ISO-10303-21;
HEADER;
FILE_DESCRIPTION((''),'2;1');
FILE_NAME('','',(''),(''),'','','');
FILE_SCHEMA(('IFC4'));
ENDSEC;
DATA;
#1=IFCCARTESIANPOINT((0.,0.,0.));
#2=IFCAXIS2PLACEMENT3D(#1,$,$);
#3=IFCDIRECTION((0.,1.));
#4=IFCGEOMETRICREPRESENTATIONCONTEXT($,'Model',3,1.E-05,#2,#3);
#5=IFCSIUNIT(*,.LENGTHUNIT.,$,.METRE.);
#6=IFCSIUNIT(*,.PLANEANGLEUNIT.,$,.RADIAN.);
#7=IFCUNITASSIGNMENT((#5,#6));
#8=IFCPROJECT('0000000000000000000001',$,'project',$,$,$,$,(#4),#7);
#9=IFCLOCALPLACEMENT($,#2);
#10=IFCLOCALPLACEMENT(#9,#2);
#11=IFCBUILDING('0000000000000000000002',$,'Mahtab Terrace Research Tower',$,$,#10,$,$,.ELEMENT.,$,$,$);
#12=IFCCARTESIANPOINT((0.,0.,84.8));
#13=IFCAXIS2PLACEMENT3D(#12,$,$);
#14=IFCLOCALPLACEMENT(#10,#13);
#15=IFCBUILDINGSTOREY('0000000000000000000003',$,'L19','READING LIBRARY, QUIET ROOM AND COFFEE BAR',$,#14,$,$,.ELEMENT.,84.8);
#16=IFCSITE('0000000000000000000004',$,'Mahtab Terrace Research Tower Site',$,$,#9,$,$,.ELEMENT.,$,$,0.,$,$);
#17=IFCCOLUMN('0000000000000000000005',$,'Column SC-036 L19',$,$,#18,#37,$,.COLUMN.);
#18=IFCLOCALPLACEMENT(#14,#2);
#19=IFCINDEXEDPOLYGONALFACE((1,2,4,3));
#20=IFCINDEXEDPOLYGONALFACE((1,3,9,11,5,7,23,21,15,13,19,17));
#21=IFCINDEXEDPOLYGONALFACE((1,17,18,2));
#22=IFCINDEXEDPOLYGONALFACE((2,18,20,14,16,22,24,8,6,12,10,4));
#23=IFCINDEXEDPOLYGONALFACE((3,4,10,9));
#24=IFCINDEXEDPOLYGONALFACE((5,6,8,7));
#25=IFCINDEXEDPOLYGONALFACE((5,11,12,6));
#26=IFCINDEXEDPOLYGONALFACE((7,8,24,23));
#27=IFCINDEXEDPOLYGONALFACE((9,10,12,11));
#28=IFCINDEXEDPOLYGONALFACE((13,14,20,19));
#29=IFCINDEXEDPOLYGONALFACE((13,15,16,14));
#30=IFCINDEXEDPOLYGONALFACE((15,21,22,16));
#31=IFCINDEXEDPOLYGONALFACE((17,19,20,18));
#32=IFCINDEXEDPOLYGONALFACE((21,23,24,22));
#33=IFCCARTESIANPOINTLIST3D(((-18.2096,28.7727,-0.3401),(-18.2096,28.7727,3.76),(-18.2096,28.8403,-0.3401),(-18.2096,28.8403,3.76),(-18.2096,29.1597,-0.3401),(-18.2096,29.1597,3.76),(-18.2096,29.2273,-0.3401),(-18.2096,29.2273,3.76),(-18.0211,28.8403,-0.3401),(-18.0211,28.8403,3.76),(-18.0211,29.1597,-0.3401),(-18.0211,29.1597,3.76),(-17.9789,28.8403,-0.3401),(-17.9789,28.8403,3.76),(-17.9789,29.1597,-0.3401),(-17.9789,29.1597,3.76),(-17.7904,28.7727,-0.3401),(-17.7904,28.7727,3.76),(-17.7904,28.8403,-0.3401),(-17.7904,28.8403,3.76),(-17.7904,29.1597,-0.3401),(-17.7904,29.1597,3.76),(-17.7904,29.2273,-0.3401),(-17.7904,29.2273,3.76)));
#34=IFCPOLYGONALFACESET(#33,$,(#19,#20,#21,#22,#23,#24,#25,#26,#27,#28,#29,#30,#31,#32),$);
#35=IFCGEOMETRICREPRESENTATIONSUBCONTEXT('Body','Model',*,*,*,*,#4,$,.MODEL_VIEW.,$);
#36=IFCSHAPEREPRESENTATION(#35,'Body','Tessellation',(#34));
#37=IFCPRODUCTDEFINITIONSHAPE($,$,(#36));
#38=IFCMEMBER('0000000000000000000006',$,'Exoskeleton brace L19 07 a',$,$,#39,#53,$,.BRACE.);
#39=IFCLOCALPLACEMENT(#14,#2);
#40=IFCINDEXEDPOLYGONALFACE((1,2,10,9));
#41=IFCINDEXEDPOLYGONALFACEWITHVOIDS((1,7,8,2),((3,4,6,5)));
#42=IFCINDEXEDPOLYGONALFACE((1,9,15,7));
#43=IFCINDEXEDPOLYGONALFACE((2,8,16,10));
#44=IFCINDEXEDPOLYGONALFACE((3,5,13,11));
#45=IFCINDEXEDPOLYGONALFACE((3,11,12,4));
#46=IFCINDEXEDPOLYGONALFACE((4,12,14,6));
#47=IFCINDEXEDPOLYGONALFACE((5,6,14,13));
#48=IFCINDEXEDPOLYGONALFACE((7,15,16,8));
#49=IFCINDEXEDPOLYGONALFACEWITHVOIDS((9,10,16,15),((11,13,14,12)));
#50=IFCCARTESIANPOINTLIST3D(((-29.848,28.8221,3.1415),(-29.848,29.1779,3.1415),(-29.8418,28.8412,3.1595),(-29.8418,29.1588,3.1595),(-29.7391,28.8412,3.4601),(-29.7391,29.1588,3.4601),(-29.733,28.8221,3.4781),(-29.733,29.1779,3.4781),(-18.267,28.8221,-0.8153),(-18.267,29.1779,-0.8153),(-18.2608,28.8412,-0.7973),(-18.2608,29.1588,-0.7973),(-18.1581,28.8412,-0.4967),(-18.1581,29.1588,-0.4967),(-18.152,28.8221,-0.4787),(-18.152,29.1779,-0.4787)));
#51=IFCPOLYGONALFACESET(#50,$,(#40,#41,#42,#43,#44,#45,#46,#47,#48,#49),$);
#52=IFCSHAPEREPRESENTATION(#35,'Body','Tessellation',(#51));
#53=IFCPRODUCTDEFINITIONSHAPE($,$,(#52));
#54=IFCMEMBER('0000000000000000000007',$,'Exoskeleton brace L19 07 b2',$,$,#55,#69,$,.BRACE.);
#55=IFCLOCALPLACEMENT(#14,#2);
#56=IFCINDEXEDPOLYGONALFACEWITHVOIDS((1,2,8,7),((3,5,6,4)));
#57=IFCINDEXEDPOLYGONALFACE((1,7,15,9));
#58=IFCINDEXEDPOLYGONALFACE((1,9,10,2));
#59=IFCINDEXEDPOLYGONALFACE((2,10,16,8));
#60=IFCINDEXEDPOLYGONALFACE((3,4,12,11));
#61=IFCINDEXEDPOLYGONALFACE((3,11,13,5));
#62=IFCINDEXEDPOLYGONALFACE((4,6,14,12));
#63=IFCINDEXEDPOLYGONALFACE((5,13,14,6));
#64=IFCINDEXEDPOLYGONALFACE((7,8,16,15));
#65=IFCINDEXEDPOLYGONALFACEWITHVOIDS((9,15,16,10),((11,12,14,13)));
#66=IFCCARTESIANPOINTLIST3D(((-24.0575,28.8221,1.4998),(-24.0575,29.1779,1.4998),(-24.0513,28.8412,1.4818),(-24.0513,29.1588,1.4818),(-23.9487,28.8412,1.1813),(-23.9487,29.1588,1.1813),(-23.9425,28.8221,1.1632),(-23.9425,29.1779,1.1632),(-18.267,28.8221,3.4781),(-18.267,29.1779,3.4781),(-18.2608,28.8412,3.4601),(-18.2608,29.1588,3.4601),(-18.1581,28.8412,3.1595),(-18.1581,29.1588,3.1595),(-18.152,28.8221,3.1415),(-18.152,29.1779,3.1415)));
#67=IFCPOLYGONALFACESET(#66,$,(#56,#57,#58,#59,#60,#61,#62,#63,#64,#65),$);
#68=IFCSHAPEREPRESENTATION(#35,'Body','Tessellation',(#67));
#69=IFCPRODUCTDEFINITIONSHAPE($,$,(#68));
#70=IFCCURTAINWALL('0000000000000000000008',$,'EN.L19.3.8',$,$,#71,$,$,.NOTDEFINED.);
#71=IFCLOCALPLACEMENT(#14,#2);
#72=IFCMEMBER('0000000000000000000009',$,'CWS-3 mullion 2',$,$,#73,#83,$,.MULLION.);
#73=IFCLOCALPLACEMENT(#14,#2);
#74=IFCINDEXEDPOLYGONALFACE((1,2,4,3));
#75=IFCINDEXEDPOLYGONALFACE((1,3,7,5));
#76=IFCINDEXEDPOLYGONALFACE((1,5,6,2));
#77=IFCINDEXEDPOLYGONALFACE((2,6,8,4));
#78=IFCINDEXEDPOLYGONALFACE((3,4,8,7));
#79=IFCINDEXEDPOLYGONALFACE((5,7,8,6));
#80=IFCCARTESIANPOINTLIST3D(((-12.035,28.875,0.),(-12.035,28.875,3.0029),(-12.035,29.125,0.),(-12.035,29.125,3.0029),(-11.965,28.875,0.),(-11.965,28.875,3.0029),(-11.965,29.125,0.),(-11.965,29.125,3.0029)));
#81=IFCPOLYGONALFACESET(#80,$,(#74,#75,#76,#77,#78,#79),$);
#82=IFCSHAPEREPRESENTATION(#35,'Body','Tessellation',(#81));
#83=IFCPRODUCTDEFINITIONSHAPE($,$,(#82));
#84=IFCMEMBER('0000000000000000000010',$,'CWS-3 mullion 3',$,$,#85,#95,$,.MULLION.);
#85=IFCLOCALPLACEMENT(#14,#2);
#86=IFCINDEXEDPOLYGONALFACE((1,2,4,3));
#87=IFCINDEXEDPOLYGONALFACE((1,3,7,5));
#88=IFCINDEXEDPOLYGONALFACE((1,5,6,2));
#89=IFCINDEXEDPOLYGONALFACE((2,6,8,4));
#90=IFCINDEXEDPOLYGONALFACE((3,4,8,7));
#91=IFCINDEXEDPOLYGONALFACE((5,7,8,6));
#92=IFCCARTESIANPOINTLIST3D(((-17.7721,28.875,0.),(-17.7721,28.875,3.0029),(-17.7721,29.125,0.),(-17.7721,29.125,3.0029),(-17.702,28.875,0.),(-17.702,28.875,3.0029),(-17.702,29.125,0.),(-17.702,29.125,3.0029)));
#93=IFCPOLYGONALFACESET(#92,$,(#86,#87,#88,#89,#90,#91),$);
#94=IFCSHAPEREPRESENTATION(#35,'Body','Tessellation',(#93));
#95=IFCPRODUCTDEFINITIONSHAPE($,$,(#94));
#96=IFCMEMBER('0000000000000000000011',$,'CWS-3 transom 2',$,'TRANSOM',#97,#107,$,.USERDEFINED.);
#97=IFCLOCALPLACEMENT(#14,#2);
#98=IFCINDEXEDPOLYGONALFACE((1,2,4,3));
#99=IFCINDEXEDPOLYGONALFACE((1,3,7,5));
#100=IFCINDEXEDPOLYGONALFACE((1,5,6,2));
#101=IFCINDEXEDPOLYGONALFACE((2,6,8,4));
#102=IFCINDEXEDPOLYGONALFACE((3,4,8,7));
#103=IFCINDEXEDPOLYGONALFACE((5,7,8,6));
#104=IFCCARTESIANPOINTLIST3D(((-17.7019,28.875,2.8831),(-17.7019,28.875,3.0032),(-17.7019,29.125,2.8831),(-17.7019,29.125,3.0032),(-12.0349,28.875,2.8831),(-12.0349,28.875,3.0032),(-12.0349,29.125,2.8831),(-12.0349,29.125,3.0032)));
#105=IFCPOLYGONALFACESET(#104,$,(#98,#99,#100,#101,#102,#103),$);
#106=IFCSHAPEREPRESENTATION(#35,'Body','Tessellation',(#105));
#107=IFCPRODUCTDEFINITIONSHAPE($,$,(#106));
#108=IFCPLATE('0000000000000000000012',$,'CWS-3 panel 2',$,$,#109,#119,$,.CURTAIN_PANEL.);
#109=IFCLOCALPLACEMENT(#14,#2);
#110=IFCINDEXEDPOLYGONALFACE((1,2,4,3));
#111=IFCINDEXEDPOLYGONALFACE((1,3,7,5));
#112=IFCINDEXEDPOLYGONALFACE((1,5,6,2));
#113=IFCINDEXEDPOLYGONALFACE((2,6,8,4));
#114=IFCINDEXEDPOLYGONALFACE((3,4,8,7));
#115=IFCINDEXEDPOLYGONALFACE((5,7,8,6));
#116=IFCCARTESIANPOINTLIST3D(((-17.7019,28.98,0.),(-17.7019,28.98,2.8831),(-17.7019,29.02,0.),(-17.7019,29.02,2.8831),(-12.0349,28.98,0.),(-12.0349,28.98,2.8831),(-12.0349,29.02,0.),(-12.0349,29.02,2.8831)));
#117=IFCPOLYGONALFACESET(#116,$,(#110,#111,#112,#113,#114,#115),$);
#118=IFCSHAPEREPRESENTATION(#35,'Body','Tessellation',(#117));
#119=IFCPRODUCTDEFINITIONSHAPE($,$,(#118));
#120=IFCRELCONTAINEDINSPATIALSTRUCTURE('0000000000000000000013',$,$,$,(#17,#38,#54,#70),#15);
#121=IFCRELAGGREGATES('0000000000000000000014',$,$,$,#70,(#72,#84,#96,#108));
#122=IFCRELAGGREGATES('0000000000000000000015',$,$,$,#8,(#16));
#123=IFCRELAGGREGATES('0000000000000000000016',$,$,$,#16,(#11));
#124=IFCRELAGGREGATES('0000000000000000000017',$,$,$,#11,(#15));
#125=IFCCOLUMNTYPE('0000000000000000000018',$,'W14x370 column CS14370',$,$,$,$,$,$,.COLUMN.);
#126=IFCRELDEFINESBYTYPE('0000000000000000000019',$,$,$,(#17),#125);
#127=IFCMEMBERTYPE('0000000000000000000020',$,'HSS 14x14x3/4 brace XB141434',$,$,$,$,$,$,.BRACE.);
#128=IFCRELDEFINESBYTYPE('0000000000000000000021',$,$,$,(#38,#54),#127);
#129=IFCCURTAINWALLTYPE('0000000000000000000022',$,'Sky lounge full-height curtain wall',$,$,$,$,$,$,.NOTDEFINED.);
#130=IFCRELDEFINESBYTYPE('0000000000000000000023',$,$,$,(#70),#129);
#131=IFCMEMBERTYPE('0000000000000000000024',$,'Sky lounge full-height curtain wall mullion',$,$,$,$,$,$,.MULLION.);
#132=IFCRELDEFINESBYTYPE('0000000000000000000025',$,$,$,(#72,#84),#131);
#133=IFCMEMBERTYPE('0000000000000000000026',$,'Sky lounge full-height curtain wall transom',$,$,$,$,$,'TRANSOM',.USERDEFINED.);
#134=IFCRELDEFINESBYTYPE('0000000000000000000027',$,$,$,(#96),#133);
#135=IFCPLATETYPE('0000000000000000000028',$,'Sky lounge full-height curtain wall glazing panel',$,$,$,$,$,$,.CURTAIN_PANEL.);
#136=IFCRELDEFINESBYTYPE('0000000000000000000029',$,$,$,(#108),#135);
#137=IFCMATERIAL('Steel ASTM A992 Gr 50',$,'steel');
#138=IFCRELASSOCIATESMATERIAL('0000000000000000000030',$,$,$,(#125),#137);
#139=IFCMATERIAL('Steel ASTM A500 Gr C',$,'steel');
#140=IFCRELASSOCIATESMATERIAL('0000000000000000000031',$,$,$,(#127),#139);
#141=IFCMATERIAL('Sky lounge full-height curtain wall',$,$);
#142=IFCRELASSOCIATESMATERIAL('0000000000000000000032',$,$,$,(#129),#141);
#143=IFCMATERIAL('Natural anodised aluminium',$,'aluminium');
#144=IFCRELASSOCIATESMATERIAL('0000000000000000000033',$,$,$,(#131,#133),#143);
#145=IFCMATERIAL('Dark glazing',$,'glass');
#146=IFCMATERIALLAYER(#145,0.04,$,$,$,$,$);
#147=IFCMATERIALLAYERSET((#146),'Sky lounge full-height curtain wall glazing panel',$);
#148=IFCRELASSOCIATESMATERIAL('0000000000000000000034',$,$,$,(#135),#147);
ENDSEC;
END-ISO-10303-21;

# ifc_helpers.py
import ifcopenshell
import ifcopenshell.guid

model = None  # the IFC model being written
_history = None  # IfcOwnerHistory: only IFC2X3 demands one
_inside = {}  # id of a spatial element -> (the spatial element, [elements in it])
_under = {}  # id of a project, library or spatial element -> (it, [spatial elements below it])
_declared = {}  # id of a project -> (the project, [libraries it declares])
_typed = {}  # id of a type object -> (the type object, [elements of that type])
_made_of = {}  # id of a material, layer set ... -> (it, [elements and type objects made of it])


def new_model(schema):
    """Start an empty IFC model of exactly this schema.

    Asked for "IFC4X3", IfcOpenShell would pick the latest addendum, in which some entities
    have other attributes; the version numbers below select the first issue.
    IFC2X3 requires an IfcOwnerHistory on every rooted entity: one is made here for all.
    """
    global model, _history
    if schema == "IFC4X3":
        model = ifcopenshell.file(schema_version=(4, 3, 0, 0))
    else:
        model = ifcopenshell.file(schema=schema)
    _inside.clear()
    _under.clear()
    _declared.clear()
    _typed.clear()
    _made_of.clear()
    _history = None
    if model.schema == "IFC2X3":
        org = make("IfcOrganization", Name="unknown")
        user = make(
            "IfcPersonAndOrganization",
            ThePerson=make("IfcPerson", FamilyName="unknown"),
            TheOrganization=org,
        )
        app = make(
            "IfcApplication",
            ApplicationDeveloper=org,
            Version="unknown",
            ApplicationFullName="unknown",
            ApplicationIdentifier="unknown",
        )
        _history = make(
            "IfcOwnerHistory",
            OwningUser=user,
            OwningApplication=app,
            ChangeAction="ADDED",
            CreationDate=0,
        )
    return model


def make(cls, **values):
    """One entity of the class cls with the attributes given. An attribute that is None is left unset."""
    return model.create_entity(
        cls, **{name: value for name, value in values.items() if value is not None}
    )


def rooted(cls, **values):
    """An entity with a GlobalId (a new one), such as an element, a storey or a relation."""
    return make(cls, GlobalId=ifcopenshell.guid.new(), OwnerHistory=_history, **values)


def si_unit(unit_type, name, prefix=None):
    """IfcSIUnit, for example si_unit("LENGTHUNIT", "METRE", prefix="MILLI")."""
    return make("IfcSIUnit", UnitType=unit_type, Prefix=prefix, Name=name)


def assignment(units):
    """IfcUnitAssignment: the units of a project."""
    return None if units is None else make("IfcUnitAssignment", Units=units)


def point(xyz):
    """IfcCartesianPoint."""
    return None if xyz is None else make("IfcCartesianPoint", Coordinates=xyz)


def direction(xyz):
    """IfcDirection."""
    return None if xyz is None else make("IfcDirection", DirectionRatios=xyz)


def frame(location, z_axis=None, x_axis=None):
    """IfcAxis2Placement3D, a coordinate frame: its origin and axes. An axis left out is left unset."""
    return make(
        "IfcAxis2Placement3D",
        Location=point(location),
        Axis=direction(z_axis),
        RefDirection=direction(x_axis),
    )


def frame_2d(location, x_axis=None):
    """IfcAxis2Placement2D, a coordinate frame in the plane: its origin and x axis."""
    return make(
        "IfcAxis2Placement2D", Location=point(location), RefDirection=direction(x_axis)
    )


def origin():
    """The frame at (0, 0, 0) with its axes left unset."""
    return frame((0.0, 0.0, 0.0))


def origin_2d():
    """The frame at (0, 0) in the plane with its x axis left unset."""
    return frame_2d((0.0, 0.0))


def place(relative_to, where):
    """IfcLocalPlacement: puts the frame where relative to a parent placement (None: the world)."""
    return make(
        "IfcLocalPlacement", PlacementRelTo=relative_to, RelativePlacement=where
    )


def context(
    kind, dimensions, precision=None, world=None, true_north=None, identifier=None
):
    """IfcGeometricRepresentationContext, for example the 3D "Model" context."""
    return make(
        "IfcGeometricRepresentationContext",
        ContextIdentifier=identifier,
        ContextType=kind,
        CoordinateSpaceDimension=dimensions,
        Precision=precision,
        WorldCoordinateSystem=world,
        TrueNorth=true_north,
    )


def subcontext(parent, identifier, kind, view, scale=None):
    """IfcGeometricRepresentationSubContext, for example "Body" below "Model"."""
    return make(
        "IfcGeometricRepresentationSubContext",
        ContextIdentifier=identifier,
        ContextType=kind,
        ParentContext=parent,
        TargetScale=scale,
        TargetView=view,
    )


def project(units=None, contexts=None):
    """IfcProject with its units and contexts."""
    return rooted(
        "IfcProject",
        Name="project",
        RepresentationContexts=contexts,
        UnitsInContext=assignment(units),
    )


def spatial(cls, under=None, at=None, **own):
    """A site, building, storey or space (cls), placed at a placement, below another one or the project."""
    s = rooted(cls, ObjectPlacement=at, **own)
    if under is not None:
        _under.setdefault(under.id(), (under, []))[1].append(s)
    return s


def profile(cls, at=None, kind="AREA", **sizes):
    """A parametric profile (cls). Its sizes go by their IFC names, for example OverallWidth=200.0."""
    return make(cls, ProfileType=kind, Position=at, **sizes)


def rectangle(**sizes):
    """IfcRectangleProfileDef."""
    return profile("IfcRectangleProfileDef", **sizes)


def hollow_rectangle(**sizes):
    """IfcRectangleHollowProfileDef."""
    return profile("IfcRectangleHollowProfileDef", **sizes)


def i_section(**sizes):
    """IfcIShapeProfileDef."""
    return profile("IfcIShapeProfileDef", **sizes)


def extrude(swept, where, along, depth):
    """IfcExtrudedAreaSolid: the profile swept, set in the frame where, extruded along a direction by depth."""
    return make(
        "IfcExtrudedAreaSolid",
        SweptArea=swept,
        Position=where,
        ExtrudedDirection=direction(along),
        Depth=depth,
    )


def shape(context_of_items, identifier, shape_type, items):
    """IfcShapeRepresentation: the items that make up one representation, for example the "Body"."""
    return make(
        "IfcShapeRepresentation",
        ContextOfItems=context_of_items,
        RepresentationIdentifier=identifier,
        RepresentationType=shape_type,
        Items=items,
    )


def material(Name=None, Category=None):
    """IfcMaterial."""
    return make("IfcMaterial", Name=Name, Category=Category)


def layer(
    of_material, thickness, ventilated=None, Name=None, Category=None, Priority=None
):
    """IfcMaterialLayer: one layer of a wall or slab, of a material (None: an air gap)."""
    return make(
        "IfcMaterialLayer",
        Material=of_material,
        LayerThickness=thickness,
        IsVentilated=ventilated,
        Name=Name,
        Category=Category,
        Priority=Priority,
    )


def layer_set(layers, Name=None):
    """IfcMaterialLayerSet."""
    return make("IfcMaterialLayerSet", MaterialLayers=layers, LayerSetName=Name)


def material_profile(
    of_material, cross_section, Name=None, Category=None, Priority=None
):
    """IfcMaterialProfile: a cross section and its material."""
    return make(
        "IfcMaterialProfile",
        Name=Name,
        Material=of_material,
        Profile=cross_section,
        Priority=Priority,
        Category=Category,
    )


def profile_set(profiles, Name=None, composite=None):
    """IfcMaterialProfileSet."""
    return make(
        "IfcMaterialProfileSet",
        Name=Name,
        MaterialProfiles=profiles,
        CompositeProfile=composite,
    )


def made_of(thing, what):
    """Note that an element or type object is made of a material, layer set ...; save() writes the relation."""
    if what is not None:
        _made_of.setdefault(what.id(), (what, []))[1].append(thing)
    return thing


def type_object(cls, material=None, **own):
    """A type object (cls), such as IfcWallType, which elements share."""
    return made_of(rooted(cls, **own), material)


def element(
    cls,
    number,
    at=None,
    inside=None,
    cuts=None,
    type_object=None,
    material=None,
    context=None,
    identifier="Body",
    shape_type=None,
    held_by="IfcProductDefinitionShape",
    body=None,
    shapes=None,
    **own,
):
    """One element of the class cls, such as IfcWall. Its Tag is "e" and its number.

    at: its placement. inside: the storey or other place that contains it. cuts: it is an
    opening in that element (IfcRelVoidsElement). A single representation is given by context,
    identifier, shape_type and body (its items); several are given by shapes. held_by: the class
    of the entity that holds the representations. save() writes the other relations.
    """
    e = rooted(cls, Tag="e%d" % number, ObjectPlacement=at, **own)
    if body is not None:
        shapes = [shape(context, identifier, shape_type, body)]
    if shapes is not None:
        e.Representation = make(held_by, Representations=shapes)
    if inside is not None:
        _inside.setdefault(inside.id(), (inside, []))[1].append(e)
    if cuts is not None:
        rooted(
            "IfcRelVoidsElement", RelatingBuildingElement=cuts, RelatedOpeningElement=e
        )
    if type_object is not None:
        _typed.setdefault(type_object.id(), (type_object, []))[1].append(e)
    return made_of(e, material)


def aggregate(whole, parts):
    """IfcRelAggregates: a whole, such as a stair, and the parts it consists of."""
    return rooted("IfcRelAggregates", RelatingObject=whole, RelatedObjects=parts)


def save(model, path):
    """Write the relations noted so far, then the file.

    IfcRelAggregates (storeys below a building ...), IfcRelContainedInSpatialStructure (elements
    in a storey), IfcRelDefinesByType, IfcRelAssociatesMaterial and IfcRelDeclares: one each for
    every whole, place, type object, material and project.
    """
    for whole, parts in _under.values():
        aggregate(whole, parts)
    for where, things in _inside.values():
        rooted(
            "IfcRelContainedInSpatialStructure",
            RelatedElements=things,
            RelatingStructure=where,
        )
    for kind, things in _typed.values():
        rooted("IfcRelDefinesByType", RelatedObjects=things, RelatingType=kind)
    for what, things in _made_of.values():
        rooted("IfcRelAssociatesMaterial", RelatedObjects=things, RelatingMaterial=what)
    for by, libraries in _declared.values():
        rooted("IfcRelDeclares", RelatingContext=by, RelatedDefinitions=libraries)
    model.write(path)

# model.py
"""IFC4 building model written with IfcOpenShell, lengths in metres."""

from ifc_helpers import new_model, si_unit, direction, frame, origin, origin_2d, place, context, subcontext, project, spatial, rectangle, hollow_rectangle, i_section, extrude, material, layer, layer_set, material_profile, profile_set, type_object, element, aggregate, save


model = new_model("IFC4")

# Units and contexts
model_context = context("Model", 3, precision=1e-05, world=origin(), true_north=direction((0.0, 1.0)))
body_context = subcontext(model_context, "Body", "Model", "MODEL_VIEW")
ifc_project = project(units=[si_unit("LENGTHUNIT", "METRE"), si_unit("PLANEANGLEUNIT", "RADIAN")], contexts=[model_context])

# Site, building, storey
site_placement = place(None, origin())
site = spatial("IfcSite", under=ifc_project, at=site_placement, Name="Mahtab Terrace Research Tower Site", CompositionType="ELEMENT", RefElevation=0.0)
building_placement = place(site_placement, origin())
building = spatial("IfcBuilding", under=site, at=building_placement, Name="Mahtab Terrace Research Tower", CompositionType="ELEMENT")
storey_placement = place(building_placement, frame((0.0, 0.0, 84.8)))
storey = spatial("IfcBuildingStorey", under=building, at=storey_placement, Name="L19", Description="READING LIBRARY, QUIET ROOM AND COFFEE BAR", CompositionType="ELEMENT", Elevation=84.8)

# Column
ifc_material_1 = material(Name="Steel ASTM A992 Gr 50", Category="steel")
ifc_material_profile_1 = material_profile(ifc_material_1, i_section(OverallWidth=0.4192, OverallDepth=0.4546, WebThickness=0.0422, FlangeThickness=0.0676, at=origin_2d()), Name="W14X370")
ifc_profile_set_1 = profile_set([ifc_material_profile_1], Name="Steel ASTM A992 Gr 50")
column_type = type_object("IfcColumnType", Name="W14x370 column CS14370", PredefinedType="COLUMN", material=ifc_profile_set_1)
column_placement = place(storey_placement, frame((-18.0, 29.0, -0.3401), z_axis=(0.0, 0.0, 1.0), x_axis=(1.0, 0.0, 0.0)))
element("IfcColumn", 1, at=column_placement, inside=storey, type_object=column_type, Name="Column SC-036 L19", PredefinedType="COLUMN", context=body_context, shape_type="SweptSolid", body=[
    extrude(i_section(OverallWidth=0.4192, OverallDepth=0.4546, WebThickness=0.0422, FlangeThickness=0.0676, at=origin_2d()), origin(), (0.0, 0.0, 1.0), 4.1001),
])

# Members
ifc_material_2 = material(Name="Steel ASTM A500 Gr C", Category="steel")
ifc_material_profile_2 = material_profile(ifc_material_2, hollow_rectangle(XDim=0.3557, YDim=0.3557, WallThickness=0.019, at=origin_2d()), Name="HSS14X14X3/4")
ifc_profile_set_2 = profile_set([ifc_material_profile_2], Name="Steel ASTM A500 Gr C")
member_type_1 = type_object("IfcMemberType", Name="HSS 14x14x3/4 brace XB141434", PredefinedType="BRACE", material=ifc_profile_set_2)
member_1_placement = place(storey_placement, frame((-18.2095, 29.0, -0.647), z_axis=(-0.946293, 0.0, 0.323311), x_axis=(0.0, -1.0, 0.0)))
element("IfcMember", 2, at=member_1_placement, inside=storey, type_object=member_type_1, Name="Exoskeleton brace L19 07 a", PredefinedType="BRACE", context=body_context, shape_type="SweptSolid", body=[
    extrude(hollow_rectangle(XDim=0.3557, YDim=0.3557, WallThickness=0.019, at=origin_2d()), origin(), (0.0, 0.0, 1.0), 12.2383),
])
member_2_placement = place(storey_placement, frame((-24.0, 29.0, 1.3315), z_axis=(0.946299, 0.0, 0.323293), x_axis=(0.0, 1.0, 0.0)))
element("IfcMember", 3, at=member_2_placement, inside=storey, type_object=member_type_1, Name="Exoskeleton brace L19 07 b2", PredefinedType="BRACE", context=body_context, shape_type="SweptSolid", body=[
    extrude(hollow_rectangle(XDim=0.3557, YDim=0.3557, WallThickness=0.019, at=origin_2d()), origin(), (0.0, 0.0, 1.0), 6.1191),
])

# Curtain wall, members, plate
ifc_material_3 = material(Name="Sky lounge full-height curtain wall")
curtain_wall_type = type_object("IfcCurtainWallType", Name="Sky lounge full-height curtain wall", PredefinedType="NOTDEFINED", material=ifc_material_3)
curtain_wall_placement = place(storey_placement, origin())
curtain_wall = element("IfcCurtainWall", 4, at=curtain_wall_placement, inside=storey, type_object=curtain_wall_type, Name="EN.L19.3.8", PredefinedType="NOTDEFINED")
ifc_material_4 = material(Name="Natural anodised aluminium", Category="aluminium")
ifc_material_profile_3 = material_profile(ifc_material_4, rectangle(XDim=0.25, YDim=0.0701, at=origin_2d()), Name="MULLION 70x250")
ifc_profile_set_3 = profile_set([ifc_material_profile_3], Name="Natural anodised aluminium")
member_type_2 = type_object("IfcMemberType", Name="Sky lounge full-height curtain wall mullion", PredefinedType="MULLION", material=ifc_profile_set_3)
member_3_placement = place(storey_placement, frame((-12.0, 29.0, 0.0), z_axis=(0.0, 0.0, 1.0), x_axis=(0.0, -1.0, 0.0)))
member_3 = element("IfcMember", 5, at=member_3_placement, type_object=member_type_2, Name="CWS-3 mullion 2", PredefinedType="MULLION", context=body_context, shape_type="SweptSolid", body=[
    extrude(rectangle(XDim=0.25, YDim=0.0701, at=origin_2d()), origin(), (0.0, 0.0, 1.0), 3.0029),
])
member_4_placement = place(storey_placement, frame((-17.7371, 29.0, 0.0), z_axis=(0.0, 0.0, 1.0), x_axis=(0.0, -1.0, 0.0)))
member_4 = element("IfcMember", 6, at=member_4_placement, type_object=member_type_2, Name="CWS-3 mullion 3", PredefinedType="MULLION", context=body_context, shape_type="SweptSolid", body=[
    extrude(rectangle(XDim=0.25, YDim=0.0701, at=origin_2d()), origin(), (0.0, 0.0, 1.0), 3.0029),
])
ifc_material_profile_4 = material_profile(ifc_material_4, rectangle(XDim=0.25, YDim=0.1201, at=origin_2d()), Name="TRANSOM 120x250")
ifc_profile_set_4 = profile_set([ifc_material_profile_4], Name="Natural anodised aluminium")
member_type_3 = type_object("IfcMemberType", Name="Sky lounge full-height curtain wall transom", ElementType="TRANSOM", PredefinedType="USERDEFINED", material=ifc_profile_set_4)
member_5_placement = place(storey_placement, frame((-12.0349, 29.0, 2.9431), z_axis=(-1.0, 0.0, 0.0), x_axis=(0.0, -1.0, 0.0)))
member_5 = element("IfcMember", 7, at=member_5_placement, type_object=member_type_3, Name="CWS-3 transom 2", ObjectType="TRANSOM", PredefinedType="USERDEFINED", context=body_context, shape_type="SweptSolid", body=[
    extrude(rectangle(XDim=0.25, YDim=0.1201, at=origin_2d()), origin(), (0.0, 0.0, 1.0), 5.667),
])
ifc_material_5 = material(Name="Dark glazing", Category="glass")
ifc_layer_1 = layer(ifc_material_5, 0.04)
ifc_layer_set_1 = layer_set([ifc_layer_1], Name="Sky lounge full-height curtain wall glazing panel")
plate_type = type_object("IfcPlateType", Name="Sky lounge full-height curtain wall glazing panel", PredefinedType="CURTAIN_PANEL", material=ifc_layer_set_1)
plate_placement = place(storey_placement, frame((-14.8684, 29.0, 0.0), z_axis=(0.0, 0.0, 1.0), x_axis=(-1.0, 0.0, 0.0)))
plate = element("IfcPlate", 8, at=plate_placement, type_object=plate_type, Name="CWS-3 panel 2", PredefinedType="CURTAIN_PANEL", context=body_context, shape_type="SweptSolid", body=[
    extrude(rectangle(XDim=5.667, YDim=0.04, at=origin_2d()), origin(), (0.0, 0.0, 1.0), 2.8831),
])
aggregate(curtain_wall, [member_3, member_4, member_5, plate])

save(model, "model.ifc")
